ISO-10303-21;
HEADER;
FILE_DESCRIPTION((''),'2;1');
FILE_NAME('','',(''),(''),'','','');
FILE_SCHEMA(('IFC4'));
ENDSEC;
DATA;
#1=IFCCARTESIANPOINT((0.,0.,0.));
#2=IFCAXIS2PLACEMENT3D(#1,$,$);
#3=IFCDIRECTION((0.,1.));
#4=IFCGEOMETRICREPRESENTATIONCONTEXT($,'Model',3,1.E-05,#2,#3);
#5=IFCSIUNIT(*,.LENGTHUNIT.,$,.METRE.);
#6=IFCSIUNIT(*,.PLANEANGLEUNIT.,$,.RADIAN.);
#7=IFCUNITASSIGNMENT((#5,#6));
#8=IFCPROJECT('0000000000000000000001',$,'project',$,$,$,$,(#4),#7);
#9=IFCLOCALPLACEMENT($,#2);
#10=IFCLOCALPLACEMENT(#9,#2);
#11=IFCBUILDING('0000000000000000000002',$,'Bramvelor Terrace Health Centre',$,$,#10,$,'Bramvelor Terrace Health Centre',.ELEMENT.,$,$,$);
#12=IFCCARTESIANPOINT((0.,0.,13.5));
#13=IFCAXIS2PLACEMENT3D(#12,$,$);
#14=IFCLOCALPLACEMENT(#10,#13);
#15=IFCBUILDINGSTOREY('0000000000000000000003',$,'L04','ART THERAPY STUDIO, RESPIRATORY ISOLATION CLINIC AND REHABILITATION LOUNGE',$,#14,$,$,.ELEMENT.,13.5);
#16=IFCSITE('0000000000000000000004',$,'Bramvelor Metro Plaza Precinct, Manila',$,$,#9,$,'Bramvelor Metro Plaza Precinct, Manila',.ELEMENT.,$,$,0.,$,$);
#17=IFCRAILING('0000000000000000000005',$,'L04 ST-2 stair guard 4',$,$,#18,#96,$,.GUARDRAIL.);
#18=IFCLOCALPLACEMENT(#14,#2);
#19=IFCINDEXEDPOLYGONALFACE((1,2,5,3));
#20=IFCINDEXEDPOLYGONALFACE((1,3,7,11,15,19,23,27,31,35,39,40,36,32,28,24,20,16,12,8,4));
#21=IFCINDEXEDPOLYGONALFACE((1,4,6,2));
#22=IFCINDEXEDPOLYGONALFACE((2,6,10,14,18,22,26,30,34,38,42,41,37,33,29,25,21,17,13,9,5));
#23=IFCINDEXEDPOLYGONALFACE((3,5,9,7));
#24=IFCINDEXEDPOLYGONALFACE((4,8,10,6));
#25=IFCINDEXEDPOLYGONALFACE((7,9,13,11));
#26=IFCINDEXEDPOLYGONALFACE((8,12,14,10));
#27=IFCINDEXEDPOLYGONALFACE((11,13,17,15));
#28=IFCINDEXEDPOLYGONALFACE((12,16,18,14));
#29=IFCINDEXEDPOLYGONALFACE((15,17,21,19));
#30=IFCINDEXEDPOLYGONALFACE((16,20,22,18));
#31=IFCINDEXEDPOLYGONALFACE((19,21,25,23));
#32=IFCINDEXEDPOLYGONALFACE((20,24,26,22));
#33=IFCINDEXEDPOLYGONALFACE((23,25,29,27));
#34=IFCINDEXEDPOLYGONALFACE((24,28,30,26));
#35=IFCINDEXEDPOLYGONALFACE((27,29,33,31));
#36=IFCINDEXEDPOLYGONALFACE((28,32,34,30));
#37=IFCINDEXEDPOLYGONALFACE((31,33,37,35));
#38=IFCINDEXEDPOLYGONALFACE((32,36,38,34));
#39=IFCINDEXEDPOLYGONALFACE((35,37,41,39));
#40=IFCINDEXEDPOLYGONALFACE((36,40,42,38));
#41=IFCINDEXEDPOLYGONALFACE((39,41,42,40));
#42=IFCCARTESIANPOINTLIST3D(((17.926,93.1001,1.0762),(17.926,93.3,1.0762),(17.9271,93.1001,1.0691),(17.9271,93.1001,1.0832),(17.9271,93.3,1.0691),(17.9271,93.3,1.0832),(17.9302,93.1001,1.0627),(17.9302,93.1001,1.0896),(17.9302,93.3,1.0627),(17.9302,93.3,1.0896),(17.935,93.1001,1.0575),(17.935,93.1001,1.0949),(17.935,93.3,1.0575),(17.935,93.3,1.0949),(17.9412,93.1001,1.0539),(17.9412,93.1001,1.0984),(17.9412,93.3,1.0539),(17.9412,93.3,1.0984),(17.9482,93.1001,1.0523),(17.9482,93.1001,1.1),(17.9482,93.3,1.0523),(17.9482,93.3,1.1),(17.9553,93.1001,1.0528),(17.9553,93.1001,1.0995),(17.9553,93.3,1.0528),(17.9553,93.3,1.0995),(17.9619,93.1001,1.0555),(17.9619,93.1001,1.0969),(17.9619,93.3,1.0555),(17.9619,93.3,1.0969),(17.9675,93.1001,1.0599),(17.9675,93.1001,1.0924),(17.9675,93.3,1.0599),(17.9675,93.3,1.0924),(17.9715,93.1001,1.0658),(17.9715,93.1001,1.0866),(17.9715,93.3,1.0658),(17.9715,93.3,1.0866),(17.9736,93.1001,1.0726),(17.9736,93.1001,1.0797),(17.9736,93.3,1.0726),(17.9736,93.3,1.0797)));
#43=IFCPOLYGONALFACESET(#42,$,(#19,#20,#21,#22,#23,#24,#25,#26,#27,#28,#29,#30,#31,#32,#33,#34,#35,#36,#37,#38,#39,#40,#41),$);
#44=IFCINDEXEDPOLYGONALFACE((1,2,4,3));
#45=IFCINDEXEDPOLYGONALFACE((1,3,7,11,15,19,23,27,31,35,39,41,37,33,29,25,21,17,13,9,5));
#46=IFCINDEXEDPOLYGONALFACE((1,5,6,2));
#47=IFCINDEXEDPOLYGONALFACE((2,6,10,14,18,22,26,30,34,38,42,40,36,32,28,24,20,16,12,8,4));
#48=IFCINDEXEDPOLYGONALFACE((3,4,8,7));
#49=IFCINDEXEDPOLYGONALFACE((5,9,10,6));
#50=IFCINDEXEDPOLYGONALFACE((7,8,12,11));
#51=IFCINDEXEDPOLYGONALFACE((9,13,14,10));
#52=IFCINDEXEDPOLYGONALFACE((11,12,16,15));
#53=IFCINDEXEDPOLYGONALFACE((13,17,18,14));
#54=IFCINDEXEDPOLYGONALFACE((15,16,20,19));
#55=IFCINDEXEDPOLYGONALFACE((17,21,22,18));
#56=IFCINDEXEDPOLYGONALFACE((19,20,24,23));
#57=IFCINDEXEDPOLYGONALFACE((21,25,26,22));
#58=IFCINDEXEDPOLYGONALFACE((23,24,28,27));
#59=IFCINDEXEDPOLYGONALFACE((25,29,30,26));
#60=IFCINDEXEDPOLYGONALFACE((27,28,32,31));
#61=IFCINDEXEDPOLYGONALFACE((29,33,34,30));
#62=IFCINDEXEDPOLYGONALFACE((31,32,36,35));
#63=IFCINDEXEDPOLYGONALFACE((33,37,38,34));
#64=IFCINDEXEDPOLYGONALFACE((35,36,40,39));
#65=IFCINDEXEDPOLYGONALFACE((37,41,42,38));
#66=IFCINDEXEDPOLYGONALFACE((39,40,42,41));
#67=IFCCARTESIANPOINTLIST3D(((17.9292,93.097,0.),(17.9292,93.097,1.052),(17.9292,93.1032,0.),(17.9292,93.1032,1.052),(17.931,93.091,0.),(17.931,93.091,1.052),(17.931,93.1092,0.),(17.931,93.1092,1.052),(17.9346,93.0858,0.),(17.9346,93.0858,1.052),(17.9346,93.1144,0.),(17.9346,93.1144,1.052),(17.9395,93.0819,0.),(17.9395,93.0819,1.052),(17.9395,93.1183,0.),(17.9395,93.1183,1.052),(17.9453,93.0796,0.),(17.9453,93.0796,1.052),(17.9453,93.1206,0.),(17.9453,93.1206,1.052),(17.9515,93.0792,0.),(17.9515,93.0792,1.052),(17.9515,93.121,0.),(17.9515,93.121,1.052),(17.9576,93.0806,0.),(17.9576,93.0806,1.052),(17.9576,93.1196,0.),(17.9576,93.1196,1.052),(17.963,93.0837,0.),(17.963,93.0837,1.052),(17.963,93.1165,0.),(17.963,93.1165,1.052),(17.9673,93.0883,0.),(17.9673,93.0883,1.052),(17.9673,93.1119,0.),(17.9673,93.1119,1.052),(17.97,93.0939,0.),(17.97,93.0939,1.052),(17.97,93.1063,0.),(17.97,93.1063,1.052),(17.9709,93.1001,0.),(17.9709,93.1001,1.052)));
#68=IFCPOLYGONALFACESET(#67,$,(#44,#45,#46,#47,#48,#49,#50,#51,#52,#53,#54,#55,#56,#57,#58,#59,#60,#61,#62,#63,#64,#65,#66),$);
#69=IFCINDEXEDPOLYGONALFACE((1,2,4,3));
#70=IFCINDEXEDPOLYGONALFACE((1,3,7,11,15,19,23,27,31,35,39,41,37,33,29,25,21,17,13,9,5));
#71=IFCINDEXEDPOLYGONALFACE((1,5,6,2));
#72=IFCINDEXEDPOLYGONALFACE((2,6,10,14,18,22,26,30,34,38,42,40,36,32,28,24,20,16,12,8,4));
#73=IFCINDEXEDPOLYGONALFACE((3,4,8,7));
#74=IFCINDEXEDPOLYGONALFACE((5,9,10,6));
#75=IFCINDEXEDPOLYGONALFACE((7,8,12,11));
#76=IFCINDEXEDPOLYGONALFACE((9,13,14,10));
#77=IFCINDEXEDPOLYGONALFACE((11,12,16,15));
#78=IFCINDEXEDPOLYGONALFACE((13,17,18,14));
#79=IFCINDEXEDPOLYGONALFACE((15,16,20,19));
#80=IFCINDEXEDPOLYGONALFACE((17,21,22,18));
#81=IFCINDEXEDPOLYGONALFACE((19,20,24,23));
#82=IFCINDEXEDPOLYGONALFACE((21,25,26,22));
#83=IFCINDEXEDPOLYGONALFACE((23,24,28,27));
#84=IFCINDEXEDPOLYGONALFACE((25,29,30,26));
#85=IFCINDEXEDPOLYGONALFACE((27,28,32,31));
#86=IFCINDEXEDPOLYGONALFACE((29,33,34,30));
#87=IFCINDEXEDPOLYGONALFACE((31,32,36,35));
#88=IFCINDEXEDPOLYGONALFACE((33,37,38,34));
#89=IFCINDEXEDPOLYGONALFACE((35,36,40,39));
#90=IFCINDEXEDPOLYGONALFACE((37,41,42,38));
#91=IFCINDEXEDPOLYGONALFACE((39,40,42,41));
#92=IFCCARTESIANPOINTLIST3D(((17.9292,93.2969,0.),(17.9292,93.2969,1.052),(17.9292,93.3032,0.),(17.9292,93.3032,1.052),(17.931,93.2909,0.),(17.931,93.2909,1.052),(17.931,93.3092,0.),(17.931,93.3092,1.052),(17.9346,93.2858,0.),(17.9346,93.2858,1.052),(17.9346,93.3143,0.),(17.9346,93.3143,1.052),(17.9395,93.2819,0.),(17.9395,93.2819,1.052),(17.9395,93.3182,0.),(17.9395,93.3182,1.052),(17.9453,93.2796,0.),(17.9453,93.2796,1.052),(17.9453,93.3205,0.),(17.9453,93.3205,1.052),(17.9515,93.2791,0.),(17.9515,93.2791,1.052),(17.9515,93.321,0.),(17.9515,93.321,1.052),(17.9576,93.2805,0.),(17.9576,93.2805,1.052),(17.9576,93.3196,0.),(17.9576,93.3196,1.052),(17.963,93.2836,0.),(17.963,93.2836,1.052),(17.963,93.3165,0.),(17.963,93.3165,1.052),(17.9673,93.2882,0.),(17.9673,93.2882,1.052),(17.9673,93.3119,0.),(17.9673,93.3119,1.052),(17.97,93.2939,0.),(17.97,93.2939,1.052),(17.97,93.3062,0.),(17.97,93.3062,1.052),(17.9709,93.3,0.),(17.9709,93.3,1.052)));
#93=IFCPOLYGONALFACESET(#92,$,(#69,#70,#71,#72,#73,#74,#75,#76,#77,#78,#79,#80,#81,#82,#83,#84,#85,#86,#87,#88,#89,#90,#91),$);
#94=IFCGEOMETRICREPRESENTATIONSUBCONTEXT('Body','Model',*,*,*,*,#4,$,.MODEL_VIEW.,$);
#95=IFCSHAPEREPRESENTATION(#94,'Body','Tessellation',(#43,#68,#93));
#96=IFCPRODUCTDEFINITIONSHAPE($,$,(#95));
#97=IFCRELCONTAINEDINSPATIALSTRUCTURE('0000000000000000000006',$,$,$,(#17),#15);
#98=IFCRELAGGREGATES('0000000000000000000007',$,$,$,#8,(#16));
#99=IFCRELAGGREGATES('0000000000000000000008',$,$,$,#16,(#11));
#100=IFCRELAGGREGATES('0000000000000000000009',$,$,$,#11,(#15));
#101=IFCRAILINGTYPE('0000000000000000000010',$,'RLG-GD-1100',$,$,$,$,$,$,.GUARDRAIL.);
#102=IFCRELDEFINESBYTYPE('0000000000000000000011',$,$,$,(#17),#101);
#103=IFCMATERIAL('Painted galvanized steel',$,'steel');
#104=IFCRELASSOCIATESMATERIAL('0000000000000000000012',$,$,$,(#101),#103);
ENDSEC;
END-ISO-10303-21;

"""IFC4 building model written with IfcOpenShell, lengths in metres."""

from ifc_helpers import new_model, si_unit, direction, frame, origin, origin_2d, place, context, subcontext, project, spatial, circle, extrude, material, type_object, element, save


model = new_model("IFC4")

# Units and contexts
model_context = context("Model", 3, precision=1e-05, world=origin(), true_north=direction((0.0, 1.0)))
body_context = subcontext(model_context, "Body", "Model", "MODEL_VIEW")
ifc_project = project(units=[si_unit("LENGTHUNIT", "METRE"), si_unit("PLANEANGLEUNIT", "RADIAN")], contexts=[model_context])

# Site, building, storey
site_placement = place(None, origin())
site = spatial("IfcSite", under=ifc_project, at=site_placement, Name="Bramvelor Metro Plaza Precinct, Manila", LongName="Bramvelor Metro Plaza Precinct, Manila", CompositionType="ELEMENT", RefElevation=0.0)
building_placement = place(site_placement, origin())
building = spatial("IfcBuilding", under=site, at=building_placement, Name="Bramvelor Terrace Health Centre", LongName="Bramvelor Terrace Health Centre", CompositionType="ELEMENT")
storey_placement = place(building_placement, frame((0.0, 0.0, 13.5)))
storey = spatial("IfcBuildingStorey", under=building, at=storey_placement, Name="L04", Description="ART THERAPY STUDIO, RESPIRATORY ISOLATION CLINIC AND REHABILITATION LOUNGE", CompositionType="ELEMENT", Elevation=13.5)

# Railing
ifc_material_1 = material(Name="Painted galvanized steel", Category="steel")
railing_type_1 = type_object("IfcRailingType", Name="RLG-GD-1100", PredefinedType="GUARDRAIL", material=ifc_material_1)
railing_1_placement = place(storey_placement, frame((17.95, 93.1001, 0.0)))
element("IfcRailing", 1, at=railing_1_placement, inside=storey, type_object=railing_type_1, Name="L04 ST-2 stair guard 4", PredefinedType="GUARDRAIL", context=body_context, shape_type="SweptSolid", body=[
    extrude(circle(Radius=0.0239, at=origin_2d()), frame((0.0, 0.0, 1.0762), z_axis=(0.0, 1.0, 0.0), x_axis=(-1.0, 0.0, 0.0)), (0.0, 0.0, 1.0), 0.2),
    extrude(circle(Radius=0.021, at=origin_2d()), origin(), (0.0, 0.0, 1.0), 1.052),
    extrude(circle(Radius=0.021, at=origin_2d()), frame((0.0, 0.2, 0.0)), (0.0, 0.0, 1.0), 1.052),
])

save(model, "model.ifc")
